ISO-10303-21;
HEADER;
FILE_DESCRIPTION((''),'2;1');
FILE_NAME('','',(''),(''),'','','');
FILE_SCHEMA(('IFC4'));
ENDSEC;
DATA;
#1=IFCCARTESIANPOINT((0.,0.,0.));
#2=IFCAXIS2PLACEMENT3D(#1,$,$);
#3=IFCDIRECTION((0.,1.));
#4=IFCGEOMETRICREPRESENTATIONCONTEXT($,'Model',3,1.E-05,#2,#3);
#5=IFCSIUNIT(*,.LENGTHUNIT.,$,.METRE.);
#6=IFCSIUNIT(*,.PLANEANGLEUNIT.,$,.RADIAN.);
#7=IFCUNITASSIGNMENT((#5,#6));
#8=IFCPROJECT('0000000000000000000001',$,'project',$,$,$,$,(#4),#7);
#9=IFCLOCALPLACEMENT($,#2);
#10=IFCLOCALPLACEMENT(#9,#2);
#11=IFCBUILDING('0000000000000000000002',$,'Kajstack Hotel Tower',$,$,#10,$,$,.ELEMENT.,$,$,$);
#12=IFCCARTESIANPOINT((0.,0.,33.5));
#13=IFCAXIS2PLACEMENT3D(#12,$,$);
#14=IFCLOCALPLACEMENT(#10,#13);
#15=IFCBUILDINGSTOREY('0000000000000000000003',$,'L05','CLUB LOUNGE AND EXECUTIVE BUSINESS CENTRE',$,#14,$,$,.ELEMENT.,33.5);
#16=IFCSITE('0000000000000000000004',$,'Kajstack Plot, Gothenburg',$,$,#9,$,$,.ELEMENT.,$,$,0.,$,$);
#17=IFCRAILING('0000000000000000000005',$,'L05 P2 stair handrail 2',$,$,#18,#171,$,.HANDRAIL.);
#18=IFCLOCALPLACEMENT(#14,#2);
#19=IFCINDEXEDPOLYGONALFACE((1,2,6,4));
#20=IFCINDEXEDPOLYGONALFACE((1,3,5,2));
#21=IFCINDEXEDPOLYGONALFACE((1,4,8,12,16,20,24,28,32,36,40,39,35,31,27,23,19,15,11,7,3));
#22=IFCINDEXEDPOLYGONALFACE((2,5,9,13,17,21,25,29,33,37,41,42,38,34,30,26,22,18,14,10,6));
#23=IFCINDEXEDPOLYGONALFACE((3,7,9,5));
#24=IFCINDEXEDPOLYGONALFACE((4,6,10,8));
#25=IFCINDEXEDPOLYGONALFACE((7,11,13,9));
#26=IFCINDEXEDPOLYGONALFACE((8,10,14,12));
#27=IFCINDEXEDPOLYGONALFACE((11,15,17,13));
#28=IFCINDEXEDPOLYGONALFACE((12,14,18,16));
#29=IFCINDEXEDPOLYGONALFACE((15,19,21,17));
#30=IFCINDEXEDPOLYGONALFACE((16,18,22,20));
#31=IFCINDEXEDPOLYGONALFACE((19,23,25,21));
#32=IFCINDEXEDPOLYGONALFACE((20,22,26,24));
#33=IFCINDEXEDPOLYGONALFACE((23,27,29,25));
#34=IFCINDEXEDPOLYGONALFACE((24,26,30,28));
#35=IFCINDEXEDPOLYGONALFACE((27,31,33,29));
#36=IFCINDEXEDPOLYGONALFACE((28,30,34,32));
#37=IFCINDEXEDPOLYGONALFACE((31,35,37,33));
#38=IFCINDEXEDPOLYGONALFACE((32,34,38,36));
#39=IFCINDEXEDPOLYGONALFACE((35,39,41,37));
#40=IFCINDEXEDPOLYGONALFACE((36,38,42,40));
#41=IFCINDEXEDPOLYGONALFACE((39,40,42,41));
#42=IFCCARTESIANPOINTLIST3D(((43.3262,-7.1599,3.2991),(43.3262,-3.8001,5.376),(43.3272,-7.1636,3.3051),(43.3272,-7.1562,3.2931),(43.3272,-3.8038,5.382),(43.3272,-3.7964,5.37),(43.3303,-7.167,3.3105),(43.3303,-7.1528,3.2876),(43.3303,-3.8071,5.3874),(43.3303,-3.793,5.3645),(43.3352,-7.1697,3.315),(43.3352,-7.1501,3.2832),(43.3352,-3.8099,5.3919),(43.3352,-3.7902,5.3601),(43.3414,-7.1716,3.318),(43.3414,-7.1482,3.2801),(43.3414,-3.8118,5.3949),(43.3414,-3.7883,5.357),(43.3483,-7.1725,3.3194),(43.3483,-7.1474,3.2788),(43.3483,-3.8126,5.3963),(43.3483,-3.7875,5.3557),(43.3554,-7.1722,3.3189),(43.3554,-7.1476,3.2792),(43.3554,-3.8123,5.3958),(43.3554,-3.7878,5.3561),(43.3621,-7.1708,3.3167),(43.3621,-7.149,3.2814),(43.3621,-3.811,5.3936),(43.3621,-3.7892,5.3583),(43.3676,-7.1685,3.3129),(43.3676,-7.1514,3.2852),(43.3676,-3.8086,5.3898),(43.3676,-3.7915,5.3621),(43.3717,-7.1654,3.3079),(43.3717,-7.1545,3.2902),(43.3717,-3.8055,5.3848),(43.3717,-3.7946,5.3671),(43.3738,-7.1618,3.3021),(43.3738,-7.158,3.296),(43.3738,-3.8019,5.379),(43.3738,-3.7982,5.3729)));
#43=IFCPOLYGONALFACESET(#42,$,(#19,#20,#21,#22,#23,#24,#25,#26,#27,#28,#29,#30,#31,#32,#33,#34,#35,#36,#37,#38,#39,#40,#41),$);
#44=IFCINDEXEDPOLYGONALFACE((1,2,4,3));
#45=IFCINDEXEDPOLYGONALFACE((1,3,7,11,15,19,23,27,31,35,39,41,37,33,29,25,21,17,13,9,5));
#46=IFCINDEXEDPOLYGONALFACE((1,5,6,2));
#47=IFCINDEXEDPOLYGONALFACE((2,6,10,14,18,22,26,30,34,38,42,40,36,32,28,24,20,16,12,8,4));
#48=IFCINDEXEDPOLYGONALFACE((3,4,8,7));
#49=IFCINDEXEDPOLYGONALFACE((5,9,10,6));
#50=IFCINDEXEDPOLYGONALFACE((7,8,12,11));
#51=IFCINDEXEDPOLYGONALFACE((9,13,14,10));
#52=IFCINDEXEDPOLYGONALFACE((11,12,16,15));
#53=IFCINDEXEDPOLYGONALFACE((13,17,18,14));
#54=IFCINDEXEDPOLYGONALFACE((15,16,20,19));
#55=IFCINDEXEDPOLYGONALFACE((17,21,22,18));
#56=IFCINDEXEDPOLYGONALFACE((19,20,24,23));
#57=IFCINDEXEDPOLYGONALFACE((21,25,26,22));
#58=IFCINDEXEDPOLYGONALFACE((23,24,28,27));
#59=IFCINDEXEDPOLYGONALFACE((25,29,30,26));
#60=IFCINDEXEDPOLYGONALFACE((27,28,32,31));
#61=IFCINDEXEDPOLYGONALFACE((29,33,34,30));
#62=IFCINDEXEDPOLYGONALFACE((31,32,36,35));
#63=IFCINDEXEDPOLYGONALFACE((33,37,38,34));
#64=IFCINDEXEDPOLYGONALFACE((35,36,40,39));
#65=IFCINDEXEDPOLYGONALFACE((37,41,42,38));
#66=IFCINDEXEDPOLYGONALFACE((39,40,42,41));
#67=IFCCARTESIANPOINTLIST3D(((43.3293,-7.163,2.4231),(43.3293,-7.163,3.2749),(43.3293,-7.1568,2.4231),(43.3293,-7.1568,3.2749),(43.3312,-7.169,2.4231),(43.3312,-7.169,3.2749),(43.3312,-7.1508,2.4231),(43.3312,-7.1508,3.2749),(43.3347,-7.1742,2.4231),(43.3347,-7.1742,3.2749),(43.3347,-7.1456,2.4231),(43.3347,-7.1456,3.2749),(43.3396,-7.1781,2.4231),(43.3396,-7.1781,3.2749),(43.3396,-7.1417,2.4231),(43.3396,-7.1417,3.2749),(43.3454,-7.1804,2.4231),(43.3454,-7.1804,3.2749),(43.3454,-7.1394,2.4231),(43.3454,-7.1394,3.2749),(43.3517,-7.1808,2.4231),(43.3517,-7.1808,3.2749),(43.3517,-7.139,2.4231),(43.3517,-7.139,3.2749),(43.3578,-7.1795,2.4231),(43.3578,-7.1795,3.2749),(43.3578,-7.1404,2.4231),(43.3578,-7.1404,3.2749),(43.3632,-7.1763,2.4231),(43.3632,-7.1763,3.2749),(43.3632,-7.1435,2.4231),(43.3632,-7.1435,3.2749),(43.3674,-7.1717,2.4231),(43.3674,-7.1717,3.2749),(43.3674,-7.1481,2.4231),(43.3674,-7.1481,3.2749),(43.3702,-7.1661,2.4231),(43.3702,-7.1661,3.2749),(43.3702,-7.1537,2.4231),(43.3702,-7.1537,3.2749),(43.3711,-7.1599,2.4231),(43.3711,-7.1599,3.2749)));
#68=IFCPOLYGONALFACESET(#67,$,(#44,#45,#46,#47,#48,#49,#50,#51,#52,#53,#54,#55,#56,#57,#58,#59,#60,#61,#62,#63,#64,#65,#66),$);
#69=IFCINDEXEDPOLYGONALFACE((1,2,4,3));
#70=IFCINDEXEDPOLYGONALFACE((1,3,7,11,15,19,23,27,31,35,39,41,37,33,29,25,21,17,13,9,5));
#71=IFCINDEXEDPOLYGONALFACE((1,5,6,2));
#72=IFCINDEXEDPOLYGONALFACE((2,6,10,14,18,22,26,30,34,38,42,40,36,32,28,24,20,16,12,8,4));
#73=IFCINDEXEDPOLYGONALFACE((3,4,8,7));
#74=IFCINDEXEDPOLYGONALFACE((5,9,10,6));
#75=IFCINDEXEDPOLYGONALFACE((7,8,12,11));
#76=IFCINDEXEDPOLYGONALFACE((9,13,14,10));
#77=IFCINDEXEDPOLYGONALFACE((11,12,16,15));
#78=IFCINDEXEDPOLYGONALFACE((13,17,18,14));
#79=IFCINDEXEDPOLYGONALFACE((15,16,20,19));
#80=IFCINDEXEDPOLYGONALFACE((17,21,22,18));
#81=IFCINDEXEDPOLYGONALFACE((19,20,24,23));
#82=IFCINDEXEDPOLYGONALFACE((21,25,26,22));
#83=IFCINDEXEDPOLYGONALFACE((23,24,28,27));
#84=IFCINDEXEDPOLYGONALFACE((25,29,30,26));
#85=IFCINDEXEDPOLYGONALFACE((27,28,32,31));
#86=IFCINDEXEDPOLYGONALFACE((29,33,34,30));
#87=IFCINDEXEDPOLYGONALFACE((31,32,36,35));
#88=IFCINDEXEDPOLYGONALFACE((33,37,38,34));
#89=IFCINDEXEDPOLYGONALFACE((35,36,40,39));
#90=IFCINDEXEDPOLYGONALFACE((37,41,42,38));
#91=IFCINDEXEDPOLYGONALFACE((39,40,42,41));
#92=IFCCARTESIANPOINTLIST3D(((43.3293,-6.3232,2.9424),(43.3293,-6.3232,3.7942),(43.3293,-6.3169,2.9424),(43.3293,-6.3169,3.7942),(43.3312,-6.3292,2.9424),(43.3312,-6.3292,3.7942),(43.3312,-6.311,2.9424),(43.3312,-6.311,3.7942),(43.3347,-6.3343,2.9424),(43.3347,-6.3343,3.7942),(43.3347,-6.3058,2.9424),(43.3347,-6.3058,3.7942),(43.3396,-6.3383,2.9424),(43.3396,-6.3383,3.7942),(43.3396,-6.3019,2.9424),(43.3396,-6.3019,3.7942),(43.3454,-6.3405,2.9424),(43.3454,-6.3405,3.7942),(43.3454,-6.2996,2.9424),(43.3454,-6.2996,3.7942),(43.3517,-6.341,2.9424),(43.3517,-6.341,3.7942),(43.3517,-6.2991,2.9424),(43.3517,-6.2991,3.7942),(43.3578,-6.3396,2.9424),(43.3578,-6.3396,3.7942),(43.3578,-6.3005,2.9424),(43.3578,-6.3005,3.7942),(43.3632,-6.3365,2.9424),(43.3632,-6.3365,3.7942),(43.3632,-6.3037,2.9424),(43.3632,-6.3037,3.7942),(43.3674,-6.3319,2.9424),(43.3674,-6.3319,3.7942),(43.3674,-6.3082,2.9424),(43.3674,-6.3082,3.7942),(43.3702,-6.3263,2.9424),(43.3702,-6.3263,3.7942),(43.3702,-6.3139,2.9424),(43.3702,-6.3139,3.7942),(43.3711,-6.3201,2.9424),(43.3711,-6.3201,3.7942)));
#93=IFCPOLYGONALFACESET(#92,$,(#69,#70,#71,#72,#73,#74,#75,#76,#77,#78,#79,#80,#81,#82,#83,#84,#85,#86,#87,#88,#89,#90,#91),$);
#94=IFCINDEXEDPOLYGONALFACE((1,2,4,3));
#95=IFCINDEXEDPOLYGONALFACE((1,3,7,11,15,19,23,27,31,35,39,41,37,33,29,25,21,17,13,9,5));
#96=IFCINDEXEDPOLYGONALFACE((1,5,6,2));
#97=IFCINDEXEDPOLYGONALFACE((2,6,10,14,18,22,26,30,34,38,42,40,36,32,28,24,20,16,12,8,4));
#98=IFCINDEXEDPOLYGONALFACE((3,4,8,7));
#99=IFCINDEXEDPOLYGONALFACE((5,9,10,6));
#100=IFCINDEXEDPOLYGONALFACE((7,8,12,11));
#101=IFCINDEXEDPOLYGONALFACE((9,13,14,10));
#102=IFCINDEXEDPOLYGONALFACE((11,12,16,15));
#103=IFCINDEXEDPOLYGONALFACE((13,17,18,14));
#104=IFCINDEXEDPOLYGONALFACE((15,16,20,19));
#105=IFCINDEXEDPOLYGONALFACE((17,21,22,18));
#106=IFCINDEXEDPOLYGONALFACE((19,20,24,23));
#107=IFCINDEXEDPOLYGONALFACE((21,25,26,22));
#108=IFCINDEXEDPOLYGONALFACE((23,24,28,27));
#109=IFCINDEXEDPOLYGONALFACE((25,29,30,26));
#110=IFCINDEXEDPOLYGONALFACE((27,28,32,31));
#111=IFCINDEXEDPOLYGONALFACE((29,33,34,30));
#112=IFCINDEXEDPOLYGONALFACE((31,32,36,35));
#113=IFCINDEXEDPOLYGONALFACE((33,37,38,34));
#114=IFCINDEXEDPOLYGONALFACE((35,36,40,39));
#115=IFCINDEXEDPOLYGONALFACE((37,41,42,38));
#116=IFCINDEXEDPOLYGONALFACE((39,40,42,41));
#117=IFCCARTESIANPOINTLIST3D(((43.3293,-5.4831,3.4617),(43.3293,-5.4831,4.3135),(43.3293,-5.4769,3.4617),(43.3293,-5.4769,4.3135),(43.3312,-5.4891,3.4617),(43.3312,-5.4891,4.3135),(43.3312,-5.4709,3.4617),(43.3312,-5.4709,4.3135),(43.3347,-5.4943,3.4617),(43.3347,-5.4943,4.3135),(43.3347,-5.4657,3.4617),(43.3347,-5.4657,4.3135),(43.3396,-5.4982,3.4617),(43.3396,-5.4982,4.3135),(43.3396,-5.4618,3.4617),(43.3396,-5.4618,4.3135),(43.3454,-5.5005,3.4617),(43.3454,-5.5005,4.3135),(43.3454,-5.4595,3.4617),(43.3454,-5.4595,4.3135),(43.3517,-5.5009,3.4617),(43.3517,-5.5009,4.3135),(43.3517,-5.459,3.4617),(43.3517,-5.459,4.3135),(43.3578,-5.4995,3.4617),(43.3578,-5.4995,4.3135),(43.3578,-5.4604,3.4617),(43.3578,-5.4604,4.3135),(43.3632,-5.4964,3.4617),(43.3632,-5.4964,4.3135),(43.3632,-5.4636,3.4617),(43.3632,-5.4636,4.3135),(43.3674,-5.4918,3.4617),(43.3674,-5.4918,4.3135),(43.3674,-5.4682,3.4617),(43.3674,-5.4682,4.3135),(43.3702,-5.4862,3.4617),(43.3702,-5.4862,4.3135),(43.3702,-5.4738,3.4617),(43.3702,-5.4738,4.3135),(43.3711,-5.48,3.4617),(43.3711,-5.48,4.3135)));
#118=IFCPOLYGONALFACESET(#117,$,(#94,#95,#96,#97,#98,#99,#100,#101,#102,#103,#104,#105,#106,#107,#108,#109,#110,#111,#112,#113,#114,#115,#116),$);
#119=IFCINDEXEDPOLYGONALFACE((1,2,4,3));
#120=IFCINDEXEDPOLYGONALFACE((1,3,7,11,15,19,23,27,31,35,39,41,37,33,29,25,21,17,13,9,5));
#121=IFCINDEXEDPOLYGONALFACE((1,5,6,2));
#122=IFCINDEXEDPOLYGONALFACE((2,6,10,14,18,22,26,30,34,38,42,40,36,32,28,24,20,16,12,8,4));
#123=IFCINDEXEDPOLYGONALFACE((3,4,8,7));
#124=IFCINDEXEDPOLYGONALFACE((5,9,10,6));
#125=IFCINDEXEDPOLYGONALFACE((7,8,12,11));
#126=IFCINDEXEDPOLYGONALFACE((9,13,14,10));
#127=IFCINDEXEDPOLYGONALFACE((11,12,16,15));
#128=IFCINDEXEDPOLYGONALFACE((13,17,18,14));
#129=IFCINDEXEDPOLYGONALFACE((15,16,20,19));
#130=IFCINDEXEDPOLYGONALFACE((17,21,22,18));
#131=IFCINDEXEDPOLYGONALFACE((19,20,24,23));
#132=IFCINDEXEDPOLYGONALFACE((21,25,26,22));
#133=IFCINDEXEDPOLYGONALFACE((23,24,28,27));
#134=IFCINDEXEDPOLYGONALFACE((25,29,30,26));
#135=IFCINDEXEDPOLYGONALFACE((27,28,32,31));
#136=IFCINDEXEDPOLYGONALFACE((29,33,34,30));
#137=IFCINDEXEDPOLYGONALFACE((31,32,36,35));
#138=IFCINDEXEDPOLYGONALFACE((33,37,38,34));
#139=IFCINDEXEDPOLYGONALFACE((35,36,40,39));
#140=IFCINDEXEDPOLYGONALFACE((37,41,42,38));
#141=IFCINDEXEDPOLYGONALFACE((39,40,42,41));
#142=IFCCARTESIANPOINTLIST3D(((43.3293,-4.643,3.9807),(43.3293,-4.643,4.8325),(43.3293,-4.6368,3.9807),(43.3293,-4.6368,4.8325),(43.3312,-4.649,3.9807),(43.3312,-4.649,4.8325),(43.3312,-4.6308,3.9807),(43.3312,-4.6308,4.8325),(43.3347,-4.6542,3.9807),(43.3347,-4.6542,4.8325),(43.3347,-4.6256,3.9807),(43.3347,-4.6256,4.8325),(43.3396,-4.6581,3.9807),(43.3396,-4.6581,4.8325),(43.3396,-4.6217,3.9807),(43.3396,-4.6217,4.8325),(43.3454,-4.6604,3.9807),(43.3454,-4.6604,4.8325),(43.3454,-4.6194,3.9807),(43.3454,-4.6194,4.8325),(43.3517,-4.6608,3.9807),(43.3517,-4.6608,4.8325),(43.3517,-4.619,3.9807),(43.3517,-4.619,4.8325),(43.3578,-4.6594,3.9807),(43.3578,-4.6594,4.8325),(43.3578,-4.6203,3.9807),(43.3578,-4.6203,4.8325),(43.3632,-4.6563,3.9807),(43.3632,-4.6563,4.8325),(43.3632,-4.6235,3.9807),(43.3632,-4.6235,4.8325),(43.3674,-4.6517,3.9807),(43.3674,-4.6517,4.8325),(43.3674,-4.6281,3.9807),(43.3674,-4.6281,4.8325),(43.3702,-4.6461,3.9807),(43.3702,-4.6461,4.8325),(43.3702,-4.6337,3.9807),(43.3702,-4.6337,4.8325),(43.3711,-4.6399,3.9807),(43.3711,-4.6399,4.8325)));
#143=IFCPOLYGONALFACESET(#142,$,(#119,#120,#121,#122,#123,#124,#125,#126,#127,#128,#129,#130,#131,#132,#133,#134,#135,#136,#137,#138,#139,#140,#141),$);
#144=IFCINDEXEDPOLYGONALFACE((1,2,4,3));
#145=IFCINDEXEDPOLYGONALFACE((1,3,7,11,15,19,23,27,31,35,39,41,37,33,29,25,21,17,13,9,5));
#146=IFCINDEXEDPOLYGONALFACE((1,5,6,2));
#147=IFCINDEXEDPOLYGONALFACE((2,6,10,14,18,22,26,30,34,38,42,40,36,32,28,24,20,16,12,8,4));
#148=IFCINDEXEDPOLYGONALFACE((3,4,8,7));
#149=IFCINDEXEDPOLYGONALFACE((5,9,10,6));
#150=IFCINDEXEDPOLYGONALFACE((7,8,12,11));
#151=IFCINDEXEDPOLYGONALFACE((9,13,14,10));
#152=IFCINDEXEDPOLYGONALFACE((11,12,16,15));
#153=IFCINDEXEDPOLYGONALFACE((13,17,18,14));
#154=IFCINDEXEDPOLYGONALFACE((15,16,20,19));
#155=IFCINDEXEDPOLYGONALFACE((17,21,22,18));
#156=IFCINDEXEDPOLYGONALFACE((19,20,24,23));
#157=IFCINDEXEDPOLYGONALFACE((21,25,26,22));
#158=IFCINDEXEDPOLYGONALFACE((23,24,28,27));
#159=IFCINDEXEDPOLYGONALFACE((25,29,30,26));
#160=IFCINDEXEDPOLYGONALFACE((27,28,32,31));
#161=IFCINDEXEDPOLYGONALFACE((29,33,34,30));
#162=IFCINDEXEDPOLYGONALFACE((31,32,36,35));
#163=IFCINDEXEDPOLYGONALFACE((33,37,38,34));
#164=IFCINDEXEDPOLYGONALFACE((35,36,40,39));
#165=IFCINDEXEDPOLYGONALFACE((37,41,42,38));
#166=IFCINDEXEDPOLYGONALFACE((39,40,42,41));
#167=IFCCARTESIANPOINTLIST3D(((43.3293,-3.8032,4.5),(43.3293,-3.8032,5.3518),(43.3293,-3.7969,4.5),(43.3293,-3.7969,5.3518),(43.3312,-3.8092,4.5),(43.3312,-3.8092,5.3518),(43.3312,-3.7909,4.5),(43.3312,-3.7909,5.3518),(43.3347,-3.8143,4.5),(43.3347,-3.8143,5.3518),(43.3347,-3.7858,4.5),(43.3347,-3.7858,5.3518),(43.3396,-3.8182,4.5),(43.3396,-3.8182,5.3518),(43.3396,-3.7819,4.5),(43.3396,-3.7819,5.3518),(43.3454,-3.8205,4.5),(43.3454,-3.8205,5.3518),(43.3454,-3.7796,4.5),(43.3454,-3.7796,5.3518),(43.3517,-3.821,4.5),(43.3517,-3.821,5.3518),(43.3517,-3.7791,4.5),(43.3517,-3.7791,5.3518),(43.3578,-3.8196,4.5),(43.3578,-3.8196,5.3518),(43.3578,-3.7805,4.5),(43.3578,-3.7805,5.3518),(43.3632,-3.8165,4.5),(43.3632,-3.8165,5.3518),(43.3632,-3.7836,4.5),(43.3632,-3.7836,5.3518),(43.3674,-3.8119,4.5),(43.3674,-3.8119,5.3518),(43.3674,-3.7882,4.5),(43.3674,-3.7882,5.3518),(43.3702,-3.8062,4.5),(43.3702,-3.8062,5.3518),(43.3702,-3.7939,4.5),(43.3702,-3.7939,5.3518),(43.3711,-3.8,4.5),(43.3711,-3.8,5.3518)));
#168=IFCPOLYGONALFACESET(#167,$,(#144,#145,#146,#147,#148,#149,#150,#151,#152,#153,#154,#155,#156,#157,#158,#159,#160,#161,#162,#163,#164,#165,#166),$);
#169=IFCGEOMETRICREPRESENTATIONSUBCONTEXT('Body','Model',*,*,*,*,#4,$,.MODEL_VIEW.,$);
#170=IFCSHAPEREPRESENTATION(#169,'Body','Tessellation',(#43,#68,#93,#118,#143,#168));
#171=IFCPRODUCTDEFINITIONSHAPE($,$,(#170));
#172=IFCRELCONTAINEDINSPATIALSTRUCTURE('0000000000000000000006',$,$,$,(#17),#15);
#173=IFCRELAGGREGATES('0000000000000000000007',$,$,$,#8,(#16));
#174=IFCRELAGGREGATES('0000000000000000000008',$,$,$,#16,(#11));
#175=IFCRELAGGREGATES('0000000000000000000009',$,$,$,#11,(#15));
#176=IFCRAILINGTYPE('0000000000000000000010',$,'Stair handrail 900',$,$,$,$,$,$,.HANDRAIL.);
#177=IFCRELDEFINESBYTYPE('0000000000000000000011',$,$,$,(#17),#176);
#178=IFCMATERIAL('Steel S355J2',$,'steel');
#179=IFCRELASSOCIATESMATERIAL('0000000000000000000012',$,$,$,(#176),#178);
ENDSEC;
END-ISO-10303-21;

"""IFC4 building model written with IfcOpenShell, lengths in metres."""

from ifc_helpers import new_model, si_unit, direction, frame, origin, origin_2d, place, context, subcontext, project, spatial, circle, extrude, material, type_object, element, save


model = new_model("IFC4")

# Units and contexts
model_context = context("Model", 3, precision=1e-05, world=origin(), true_north=direction((0.0, 1.0)))
body_context = subcontext(model_context, "Body", "Model", "MODEL_VIEW")
ifc_project = project(units=[si_unit("LENGTHUNIT", "METRE"), si_unit("PLANEANGLEUNIT", "RADIAN")], contexts=[model_context])

# Site, building, storey
site_placement = place(None, origin())
site = spatial("IfcSite", under=ifc_project, at=site_placement, Name="Kajstack Plot, Gothenburg", CompositionType="ELEMENT", RefElevation=0.0)
building_placement = place(site_placement, origin())
building = spatial("IfcBuilding", under=site, at=building_placement, Name="Kajstack Hotel Tower", CompositionType="ELEMENT")
storey_placement = place(building_placement, frame((0.0, 0.0, 33.5)))
storey = spatial("IfcBuildingStorey", under=building, at=storey_placement, Name="L05", Description="CLUB LOUNGE AND EXECUTIVE BUSINESS CENTRE", CompositionType="ELEMENT", Elevation=33.5)

# Railing
ifc_material_1 = material(Name="Steel S355J2", Category="steel")
railing_type_1 = type_object("IfcRailingType", Name="Stair handrail 900", PredefinedType="HANDRAIL", material=ifc_material_1)
railing_1_placement = place(storey_placement, frame((43.3501, -7.1599, 2.4231)))
element("IfcRailing", 1, at=railing_1_placement, inside=storey, type_object=railing_type_1, Name="L05 P2 stair handrail 2", PredefinedType="HANDRAIL", context=body_context, shape_type="SweptSolid", body=[
    extrude(circle(Radius=0.0239, at=origin_2d()), frame((0.0, 0.0, 0.876), z_axis=(0.0, 0.850606, 0.525803), x_axis=(-1.0, 0.0, 0.0)), (0.0, 0.0, 1.0), 3.95),
    extrude(circle(Radius=0.021, at=origin_2d()), origin(), (0.0, 0.0, 1.0), 0.8518),
    extrude(circle(Radius=0.021, at=origin_2d()), frame((0.0, 0.8398, 0.5193)), (0.0, 0.0, 1.0), 0.8518),
    extrude(circle(Radius=0.021, at=origin_2d()), frame((0.0, 1.6799, 1.0386)), (0.0, 0.0, 1.0), 0.8518),
    extrude(circle(Radius=0.021, at=origin_2d()), frame((0.0, 2.52, 1.5576)), (0.0, 0.0, 1.0), 0.8518),
    extrude(circle(Radius=0.021, at=origin_2d()), frame((0.0, 3.3599, 2.0769)), (0.0, 0.0, 1.0), 0.8518),
])

save(model, "model.ifc")
